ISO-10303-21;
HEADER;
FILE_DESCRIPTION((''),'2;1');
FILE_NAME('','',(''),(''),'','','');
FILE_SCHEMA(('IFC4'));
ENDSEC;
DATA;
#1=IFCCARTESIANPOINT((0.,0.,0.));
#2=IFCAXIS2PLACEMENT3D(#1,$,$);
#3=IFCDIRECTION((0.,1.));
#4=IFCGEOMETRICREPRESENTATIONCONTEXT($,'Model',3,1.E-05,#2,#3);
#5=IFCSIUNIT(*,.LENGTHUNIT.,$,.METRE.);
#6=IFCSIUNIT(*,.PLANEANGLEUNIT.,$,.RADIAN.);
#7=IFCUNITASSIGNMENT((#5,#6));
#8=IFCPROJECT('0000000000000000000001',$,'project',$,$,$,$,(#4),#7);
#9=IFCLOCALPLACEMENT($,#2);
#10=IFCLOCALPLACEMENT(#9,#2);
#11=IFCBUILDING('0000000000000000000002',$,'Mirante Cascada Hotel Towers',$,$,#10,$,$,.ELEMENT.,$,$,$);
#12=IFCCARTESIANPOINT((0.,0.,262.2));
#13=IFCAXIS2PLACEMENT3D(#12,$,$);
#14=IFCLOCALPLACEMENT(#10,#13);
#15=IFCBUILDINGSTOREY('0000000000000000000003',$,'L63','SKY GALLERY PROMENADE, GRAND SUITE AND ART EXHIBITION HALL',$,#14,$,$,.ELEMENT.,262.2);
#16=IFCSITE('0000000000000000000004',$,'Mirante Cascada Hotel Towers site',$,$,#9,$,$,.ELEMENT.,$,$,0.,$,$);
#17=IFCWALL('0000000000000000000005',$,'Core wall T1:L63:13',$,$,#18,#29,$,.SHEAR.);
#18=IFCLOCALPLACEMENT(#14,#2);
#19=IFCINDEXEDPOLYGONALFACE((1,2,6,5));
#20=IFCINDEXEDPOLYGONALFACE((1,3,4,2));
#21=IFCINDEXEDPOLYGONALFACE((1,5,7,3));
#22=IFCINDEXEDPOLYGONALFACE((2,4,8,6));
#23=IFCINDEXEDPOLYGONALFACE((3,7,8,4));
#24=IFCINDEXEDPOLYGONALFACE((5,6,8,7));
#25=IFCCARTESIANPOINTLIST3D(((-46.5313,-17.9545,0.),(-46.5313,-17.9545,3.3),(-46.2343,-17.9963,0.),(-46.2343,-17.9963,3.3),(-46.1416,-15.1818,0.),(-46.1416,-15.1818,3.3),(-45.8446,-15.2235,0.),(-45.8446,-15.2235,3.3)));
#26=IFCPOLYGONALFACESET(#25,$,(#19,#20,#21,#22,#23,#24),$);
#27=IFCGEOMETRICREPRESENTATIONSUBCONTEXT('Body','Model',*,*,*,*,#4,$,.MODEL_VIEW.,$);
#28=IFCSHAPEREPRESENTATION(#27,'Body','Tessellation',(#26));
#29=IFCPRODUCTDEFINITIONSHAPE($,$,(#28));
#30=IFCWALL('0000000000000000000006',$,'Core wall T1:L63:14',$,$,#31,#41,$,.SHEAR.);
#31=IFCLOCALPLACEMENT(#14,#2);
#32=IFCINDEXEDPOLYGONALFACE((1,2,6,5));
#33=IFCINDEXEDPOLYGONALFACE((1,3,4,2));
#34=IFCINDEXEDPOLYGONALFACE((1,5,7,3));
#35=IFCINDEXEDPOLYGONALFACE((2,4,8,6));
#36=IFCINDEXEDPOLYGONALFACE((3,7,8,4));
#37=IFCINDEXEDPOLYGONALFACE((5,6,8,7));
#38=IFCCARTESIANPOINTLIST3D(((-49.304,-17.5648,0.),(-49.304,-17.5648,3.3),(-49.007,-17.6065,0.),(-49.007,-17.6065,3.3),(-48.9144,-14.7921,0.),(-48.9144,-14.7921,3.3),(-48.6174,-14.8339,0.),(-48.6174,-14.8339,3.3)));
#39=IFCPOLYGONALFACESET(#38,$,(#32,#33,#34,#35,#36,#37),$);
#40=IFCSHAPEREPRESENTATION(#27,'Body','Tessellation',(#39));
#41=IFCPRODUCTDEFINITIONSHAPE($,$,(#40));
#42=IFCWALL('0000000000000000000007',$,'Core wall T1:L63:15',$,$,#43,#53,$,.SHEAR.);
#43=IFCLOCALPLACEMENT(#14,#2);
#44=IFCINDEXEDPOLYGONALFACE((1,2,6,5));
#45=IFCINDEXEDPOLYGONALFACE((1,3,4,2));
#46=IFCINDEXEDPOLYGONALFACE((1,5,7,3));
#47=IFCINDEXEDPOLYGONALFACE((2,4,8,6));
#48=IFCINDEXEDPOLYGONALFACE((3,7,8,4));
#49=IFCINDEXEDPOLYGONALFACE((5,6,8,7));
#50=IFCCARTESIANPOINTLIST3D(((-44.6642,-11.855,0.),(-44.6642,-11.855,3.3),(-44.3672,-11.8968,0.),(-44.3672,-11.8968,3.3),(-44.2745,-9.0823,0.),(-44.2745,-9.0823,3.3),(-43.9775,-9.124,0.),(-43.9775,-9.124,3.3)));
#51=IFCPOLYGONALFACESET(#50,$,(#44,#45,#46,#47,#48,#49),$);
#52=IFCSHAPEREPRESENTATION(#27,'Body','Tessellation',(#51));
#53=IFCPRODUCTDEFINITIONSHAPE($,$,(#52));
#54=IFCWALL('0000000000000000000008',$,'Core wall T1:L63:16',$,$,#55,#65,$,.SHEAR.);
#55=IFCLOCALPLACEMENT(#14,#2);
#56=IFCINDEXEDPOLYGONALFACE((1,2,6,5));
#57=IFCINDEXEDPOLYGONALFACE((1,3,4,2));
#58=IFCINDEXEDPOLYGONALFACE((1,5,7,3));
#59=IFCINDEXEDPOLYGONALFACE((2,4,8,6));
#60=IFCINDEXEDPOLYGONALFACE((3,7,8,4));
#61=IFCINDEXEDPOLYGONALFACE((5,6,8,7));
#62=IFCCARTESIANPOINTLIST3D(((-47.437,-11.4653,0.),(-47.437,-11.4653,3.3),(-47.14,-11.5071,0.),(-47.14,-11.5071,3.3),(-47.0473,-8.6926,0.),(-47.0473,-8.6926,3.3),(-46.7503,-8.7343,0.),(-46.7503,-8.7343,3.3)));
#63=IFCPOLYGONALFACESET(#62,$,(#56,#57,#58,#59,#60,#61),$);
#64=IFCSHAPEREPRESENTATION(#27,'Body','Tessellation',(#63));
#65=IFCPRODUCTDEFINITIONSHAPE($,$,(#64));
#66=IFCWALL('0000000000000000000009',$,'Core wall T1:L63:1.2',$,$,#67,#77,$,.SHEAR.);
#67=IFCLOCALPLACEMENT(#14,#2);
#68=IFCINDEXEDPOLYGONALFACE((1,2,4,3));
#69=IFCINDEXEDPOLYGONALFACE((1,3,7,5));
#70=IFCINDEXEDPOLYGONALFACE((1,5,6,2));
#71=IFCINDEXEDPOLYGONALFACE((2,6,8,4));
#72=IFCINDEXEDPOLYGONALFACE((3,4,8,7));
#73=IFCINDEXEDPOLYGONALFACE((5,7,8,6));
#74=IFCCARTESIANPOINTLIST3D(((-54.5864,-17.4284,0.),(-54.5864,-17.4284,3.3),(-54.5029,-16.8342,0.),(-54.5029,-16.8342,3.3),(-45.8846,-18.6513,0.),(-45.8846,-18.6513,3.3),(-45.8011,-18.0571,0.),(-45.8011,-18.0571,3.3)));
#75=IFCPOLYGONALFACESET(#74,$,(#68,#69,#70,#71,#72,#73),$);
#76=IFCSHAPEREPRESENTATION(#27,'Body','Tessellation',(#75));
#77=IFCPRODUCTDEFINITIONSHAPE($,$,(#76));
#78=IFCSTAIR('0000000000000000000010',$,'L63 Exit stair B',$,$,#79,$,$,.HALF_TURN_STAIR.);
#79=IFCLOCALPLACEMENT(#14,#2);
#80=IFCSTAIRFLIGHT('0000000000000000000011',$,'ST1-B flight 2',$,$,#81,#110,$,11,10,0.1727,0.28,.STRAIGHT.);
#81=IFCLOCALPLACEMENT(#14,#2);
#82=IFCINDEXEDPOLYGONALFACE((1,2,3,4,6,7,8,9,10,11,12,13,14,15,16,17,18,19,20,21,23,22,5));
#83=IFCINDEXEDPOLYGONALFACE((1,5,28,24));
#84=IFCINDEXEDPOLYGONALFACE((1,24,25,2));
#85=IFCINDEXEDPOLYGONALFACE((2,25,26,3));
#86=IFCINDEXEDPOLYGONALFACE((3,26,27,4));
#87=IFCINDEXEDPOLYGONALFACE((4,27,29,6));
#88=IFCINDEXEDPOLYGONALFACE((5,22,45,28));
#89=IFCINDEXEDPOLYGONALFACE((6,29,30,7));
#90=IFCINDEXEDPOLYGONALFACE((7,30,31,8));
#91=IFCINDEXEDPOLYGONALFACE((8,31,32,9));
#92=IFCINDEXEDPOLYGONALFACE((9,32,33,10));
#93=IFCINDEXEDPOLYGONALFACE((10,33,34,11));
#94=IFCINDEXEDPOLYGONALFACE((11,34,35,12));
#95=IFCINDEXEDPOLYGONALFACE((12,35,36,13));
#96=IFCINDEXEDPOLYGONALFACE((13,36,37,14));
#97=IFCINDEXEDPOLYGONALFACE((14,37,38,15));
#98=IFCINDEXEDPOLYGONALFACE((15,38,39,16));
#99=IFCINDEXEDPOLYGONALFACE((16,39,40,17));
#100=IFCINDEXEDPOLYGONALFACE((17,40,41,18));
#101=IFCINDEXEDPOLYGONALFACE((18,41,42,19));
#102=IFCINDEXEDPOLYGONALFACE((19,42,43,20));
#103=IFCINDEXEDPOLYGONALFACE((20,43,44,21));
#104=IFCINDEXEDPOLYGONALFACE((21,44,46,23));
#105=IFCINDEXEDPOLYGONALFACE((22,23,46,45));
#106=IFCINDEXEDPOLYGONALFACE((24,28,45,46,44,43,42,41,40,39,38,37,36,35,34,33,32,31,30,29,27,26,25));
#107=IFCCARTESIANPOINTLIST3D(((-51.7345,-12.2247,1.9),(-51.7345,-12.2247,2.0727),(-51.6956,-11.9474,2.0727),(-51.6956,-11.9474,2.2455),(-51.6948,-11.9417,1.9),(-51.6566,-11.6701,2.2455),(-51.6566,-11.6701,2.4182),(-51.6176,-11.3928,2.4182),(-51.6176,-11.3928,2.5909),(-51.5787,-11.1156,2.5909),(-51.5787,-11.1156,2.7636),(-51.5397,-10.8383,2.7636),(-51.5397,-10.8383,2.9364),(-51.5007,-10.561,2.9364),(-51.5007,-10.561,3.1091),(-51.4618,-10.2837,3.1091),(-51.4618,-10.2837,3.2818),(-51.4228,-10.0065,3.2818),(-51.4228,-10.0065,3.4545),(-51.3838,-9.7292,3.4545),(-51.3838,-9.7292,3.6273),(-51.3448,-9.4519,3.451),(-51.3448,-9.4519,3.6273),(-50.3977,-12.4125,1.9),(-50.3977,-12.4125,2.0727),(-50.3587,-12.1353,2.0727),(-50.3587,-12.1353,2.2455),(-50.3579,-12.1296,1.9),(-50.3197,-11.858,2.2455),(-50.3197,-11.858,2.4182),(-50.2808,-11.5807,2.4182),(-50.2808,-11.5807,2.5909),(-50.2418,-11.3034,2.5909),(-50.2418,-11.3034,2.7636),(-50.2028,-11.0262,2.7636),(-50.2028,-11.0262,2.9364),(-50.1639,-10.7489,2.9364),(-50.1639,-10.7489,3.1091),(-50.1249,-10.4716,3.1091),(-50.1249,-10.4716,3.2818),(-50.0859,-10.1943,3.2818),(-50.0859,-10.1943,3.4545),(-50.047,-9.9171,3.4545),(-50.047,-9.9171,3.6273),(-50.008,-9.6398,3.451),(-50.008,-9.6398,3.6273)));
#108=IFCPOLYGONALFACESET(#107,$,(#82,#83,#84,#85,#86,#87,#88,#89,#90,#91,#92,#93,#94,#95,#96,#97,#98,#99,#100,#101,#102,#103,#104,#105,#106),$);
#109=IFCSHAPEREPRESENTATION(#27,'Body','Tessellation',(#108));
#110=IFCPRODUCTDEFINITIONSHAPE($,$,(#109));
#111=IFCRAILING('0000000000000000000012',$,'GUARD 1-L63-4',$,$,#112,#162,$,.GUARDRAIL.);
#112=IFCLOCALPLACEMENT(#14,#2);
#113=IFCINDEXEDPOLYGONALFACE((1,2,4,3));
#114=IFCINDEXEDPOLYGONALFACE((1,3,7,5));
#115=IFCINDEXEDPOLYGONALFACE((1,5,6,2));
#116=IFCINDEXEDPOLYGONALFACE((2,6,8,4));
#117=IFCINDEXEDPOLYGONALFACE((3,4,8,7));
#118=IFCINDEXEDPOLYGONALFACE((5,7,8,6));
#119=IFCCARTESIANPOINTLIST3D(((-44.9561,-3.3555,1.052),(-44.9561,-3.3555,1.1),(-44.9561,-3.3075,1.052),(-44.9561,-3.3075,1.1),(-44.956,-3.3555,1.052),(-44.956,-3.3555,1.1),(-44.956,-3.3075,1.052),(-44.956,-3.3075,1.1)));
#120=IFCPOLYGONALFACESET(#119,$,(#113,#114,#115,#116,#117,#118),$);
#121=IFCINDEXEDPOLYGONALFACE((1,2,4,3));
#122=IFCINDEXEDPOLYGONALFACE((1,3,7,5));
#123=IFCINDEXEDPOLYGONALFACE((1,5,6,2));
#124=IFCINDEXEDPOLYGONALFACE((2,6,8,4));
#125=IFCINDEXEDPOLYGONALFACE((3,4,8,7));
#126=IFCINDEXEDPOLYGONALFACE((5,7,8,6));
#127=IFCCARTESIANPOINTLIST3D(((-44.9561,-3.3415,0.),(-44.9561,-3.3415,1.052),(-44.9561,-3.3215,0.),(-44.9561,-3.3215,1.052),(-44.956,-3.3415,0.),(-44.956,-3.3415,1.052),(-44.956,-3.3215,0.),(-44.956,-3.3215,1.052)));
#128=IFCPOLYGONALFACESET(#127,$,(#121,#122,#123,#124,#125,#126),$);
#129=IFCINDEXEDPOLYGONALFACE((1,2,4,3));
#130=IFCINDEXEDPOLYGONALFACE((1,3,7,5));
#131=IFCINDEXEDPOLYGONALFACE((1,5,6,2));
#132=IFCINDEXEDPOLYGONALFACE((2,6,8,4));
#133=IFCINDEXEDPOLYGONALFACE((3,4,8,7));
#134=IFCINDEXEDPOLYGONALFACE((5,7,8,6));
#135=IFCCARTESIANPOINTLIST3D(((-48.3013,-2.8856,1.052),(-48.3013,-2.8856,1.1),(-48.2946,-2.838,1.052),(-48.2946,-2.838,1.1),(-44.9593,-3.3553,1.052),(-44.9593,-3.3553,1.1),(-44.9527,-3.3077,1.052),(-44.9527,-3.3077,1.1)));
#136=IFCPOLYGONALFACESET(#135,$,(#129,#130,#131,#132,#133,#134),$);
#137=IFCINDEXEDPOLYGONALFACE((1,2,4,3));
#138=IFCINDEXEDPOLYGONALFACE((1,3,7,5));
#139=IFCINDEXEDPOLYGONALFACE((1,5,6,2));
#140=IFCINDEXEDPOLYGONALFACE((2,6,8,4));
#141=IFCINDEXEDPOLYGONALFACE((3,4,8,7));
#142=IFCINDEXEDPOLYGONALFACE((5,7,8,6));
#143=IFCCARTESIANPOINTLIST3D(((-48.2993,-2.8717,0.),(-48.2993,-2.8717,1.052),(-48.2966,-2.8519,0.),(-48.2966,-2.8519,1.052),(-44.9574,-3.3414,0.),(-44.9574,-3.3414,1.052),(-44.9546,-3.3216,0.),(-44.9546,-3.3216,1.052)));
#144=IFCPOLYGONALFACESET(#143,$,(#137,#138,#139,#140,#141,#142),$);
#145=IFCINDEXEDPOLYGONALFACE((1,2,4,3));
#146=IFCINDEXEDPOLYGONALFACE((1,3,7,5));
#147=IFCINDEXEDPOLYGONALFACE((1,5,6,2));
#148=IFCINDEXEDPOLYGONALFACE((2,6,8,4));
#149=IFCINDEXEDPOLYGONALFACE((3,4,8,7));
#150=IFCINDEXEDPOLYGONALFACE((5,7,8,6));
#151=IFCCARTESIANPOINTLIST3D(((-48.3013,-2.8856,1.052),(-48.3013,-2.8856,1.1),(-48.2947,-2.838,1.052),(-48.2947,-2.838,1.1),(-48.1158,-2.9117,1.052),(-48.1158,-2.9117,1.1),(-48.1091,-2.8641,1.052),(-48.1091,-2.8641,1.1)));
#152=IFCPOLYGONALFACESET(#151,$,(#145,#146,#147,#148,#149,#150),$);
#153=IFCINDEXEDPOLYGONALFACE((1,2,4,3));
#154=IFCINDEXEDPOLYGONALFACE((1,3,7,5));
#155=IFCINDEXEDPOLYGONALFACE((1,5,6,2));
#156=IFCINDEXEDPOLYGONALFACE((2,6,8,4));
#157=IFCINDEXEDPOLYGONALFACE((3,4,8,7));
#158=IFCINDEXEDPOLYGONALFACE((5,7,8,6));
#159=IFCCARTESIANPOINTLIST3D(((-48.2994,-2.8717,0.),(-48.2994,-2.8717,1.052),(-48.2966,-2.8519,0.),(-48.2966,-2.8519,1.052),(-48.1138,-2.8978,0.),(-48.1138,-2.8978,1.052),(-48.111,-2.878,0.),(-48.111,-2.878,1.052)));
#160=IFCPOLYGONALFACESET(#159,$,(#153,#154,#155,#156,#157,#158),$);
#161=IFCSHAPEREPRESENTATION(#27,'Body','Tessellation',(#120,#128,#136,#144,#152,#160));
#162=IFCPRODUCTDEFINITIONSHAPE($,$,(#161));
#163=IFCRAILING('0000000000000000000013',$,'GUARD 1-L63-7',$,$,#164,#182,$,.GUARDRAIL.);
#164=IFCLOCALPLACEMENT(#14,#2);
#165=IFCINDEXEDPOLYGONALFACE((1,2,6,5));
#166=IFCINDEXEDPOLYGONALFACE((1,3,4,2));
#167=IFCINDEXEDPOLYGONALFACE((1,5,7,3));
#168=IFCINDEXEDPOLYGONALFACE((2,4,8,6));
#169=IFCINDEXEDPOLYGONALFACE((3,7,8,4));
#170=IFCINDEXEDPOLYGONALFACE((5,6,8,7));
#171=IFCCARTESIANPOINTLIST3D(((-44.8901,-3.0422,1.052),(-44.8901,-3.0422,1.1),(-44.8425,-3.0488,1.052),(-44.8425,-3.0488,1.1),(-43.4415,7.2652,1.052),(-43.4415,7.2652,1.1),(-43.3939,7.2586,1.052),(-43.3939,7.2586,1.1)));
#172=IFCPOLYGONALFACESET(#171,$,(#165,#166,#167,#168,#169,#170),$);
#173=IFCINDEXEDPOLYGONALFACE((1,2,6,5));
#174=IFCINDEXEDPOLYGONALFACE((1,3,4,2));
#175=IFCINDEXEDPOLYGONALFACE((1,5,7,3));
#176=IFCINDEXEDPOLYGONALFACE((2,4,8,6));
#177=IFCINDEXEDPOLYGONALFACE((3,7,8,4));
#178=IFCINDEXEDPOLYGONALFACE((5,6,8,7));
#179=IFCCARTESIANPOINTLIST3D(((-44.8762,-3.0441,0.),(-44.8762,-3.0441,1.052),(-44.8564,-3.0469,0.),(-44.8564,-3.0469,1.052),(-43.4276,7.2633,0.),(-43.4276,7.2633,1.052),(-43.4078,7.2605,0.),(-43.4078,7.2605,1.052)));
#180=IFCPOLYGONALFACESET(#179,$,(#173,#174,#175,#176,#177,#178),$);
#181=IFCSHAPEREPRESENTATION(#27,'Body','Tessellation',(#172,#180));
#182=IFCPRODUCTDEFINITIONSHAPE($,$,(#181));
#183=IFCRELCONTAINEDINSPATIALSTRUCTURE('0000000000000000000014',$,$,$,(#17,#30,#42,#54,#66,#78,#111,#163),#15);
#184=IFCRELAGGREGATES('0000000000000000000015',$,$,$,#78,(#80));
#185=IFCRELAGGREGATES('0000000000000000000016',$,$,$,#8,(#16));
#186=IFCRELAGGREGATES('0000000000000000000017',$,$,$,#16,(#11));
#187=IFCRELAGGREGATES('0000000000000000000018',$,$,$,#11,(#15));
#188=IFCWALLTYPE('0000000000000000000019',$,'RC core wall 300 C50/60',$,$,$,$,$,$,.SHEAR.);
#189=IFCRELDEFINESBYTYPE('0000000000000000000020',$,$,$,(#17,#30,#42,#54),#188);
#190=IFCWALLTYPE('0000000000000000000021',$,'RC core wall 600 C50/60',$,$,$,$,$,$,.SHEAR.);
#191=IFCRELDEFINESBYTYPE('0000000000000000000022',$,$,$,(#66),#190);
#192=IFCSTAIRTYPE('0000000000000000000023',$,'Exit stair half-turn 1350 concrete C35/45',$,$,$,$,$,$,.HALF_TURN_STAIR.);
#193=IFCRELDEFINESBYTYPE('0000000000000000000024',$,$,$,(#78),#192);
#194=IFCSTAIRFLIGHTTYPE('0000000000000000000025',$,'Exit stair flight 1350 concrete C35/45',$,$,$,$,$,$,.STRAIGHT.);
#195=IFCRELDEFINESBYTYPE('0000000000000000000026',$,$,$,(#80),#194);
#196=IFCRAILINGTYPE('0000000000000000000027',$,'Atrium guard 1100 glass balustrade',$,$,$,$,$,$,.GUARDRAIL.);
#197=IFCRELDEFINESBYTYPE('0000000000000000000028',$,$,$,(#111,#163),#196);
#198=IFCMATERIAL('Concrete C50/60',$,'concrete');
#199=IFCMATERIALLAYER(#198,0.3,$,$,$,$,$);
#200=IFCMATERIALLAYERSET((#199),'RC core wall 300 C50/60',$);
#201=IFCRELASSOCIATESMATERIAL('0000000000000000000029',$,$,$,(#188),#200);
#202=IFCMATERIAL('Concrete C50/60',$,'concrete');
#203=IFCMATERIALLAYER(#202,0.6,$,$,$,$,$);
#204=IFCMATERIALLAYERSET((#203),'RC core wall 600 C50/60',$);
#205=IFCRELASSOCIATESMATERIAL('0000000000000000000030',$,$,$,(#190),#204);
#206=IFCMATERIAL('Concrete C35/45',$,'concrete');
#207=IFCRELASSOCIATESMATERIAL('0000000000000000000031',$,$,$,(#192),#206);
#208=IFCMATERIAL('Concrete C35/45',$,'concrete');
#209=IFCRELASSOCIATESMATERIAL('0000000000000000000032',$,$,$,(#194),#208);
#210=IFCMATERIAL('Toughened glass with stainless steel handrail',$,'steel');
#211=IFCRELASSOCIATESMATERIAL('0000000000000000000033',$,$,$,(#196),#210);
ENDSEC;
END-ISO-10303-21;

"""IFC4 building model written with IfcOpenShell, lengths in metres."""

from ifc_helpers import new_model, si_unit, direction, frame, frame_2d, origin, origin_2d, place, context, subcontext, project, spatial, polyline, rectangle, outline, extrude, material, layer, layer_set, type_object, element, aggregate, save


model = new_model("IFC4")

# Units and contexts
model_context = context("Model", 3, precision=1e-05, world=origin(), true_north=direction((0.0, 1.0)))
body_context = subcontext(model_context, "Body", "Model", "MODEL_VIEW")
ifc_project = project(units=[si_unit("LENGTHUNIT", "METRE"), si_unit("PLANEANGLEUNIT", "RADIAN")], contexts=[model_context])

# Site, building, storey
site_placement = place(None, origin())
site = spatial("IfcSite", under=ifc_project, at=site_placement, Name="Mirante Cascada Hotel Towers site", CompositionType="ELEMENT", RefElevation=0.0)
building_placement = place(site_placement, origin())
building = spatial("IfcBuilding", under=site, at=building_placement, Name="Mirante Cascada Hotel Towers", CompositionType="ELEMENT")
storey_placement = place(building_placement, frame((0.0, 0.0, 262.2)))
storey = spatial("IfcBuildingStorey", under=building, at=storey_placement, Name="L63", Description="SKY GALLERY PROMENADE, GRAND SUITE AND ART EXHIBITION HALL", CompositionType="ELEMENT", Elevation=262.2)

# Shared definitions
ifc_material_1 = material(Name="Concrete C50/60", Category="concrete")
ifc_layer_1 = layer(ifc_material_1, 0.3)
ifc_layer_set_1 = layer_set([ifc_layer_1], Name="RC core wall 300 C50/60")
wall_type_1 = type_object("IfcWallType", Name="RC core wall 300 C50/60", PredefinedType="SHEAR", material=ifc_layer_set_1)

# Walls
wall_1_placement = place(storey_placement, frame((-46.3828, -17.9754, 0.0), z_axis=(0.0, 0.0, 1.0), x_axis=(0.139181, 0.990267, 0.0)))
element("IfcWall", 1, at=wall_1_placement, inside=storey, type_object=wall_type_1, Name="Core wall T1:L63:13", PredefinedType="SHEAR", context=body_context, shape_type="SweptSolid", body=[
    extrude(rectangle(XDim=2.8, YDim=0.3, at=frame_2d((1.4, 0.0))), origin(), (0.0, 0.0, 1.0), 3.3),
])
wall_2_placement = place(storey_placement, frame((-49.1555, -17.5857, 0.0), z_axis=(0.0, 0.0, 1.0), x_axis=(0.139146, 0.990272, 0.0)))
element("IfcWall", 2, at=wall_2_placement, inside=storey, type_object=wall_type_1, Name="Core wall T1:L63:14", PredefinedType="SHEAR", context=body_context, shape_type="SweptSolid", body=[
    extrude(rectangle(XDim=2.7999, YDim=0.3, at=frame_2d((1.4, 0.0))), origin(), (0.0, 0.0, 1.0), 3.3),
])
for number, where, z_axis, x_axis, name in (
    (3, (-44.5157, -11.8759, 0.0), (0.0, 0.0, 1.0), (0.139181, 0.990267, 0.0), "Core wall T1:L63:15"),
    (4, (-47.2885, -11.4862, 0.0), (0.0, 0.0, 1.0), (0.139181, 0.990267, 0.0), "Core wall T1:L63:16"),
):
    element("IfcWall", number, at=place(storey_placement, frame(where, z_axis=z_axis, x_axis=x_axis)), inside=storey, type_object=wall_type_1, Name=name, PredefinedType="SHEAR", context=body_context, shape_type="SweptSolid", body=[
        extrude(rectangle(XDim=2.8, YDim=0.3, at=frame_2d((1.4, 0.0))), origin(), (0.0, 0.0, 1.0), 3.3),
    ])
ifc_material_2 = material(Name="Concrete C50/60", Category="concrete")
ifc_layer_2 = layer(ifc_material_2, 0.6)
ifc_layer_set_2 = layer_set([ifc_layer_2], Name="RC core wall 600 C50/60")
wall_type_2 = type_object("IfcWallType", Name="RC core wall 600 C50/60", PredefinedType="SHEAR", material=ifc_layer_set_2)
wall_3_placement = place(storey_placement, frame((-45.8429, -18.3542, 0.0), z_axis=(0.0, 0.0, 1.0), x_axis=(-0.990269, 0.139167, 0.0)))
element("IfcWall", 5, at=wall_3_placement, inside=storey, type_object=wall_type_2, Name="Core wall T1:L63:1.2", PredefinedType="SHEAR", context=body_context, shape_type="SweptSolid", body=[
    extrude(rectangle(XDim=8.7873, YDim=0.6, at=frame_2d((4.3936, 0.0))), origin(), (0.0, 0.0, 1.0), 3.3),
])

# Stair, stair flight
ifc_material_3 = material(Name="Concrete C35/45", Category="concrete")
stair_type = type_object("IfcStairType", Name="Exit stair half-turn 1350 concrete C35/45", PredefinedType="HALF_TURN_STAIR", material=ifc_material_3)
stair_placement = place(storey_placement, origin())
stair = element("IfcStair", 6, at=stair_placement, inside=storey, type_object=stair_type, Name="L63 Exit stair B", PredefinedType="HALF_TURN_STAIR")
ifc_material_4 = material(Name="Concrete C35/45", Category="concrete")
stair_flight_type = type_object("IfcStairFlightType", Name="Exit stair flight 1350 concrete C35/45", PredefinedType="STRAIGHT", material=ifc_material_4)
stair_flight_placement = place(storey_placement, frame((-51.0661, -12.3186, 1.9), z_axis=(0.0, 0.0, 1.0), x_axis=(0.139173, 0.990268, 0.0)))
stair_flight = element("IfcStairFlight", 7, at=stair_flight_placement, type_object=stair_flight_type, Name="ST1-B flight 2", NumberOfRisers=11, NumberOfTreads=10, PredefinedType="STRAIGHT", RiserHeight=0.1727, TreadLength=0.28, context=body_context, shape_type="SweptSolid", body=[
    extrude(outline(polyline([(0.0, 0.0), (0.0, 0.1727), (0.28, 0.1727), (0.28, 0.3455), (0.56, 0.3455), (0.56, 0.5182), (0.84, 0.5182), (0.84, 0.6909), (1.12, 0.6909), (1.12, 0.8636), (1.4, 0.8636), (1.4, 1.0364), (1.68, 1.0364), (1.68, 1.2091), (1.96, 1.2091), (1.96, 1.3818), (2.24, 1.3818), (2.24, 1.5545), (2.52, 1.5545), (2.52, 1.7273), (2.8, 1.7273), (2.8, 1.9), (2.8, 1.551), (0.2857, 0.0), (0.0, 0.0)])), frame((0.0, 0.675, 0.0), z_axis=(0.0, -1.0, 0.0), x_axis=(1.0, 0.0, 0.0)), (0.0, 0.0, 1.0), 1.35),
])
aggregate(stair, [stair_flight])

# Railings
ifc_material_5 = material(Name="Toughened glass with stainless steel handrail", Category="steel")
railing_type = type_object("IfcRailingType", Name="Atrium guard 1100 glass balustrade", PredefinedType="GUARDRAIL", material=ifc_material_5)
railing_1_placement = place(storey_placement, frame((-44.9561, -3.3315, 0.0)))
element("IfcRailing", 8, at=railing_1_placement, inside=storey, type_object=railing_type, Name="GUARD 1-L63-4", PredefinedType="GUARDRAIL", context=body_context, shape_type="SweptSolid", body=[
    extrude(rectangle(XDim=0.048, YDim=0.048, at=origin_2d()), frame((0.0, 0.0, 1.076), z_axis=(1.0, 0.0, 0.0), x_axis=(0.0, 1.0, 0.0)), (0.0, 0.0, 1.0), 0.0001),
    extrude(rectangle(XDim=0.02, YDim=1.052, at=origin_2d()), frame((0.0, 0.0, 0.526), z_axis=(1.0, 0.0, 0.0), x_axis=(0.0, 1.0, 0.0)), (0.0, 0.0, 1.0), 0.0001),
    extrude(rectangle(XDim=0.048, YDim=0.048, at=origin_2d()), frame((0.0001, 0.0, 1.076), z_axis=(-0.990268, 0.139177, 0.0), x_axis=(-0.139177, -0.990268, 0.0)), (0.0, 0.0, 1.0), 3.3748),
    extrude(rectangle(XDim=0.02, YDim=1.052, at=origin_2d()), frame((0.0001, 0.0, 0.526), z_axis=(-0.990268, 0.139177, 0.0), x_axis=(-0.139177, -0.990268, 0.0)), (0.0, 0.0, 1.0), 3.3748),
    extrude(rectangle(XDim=0.048, YDim=0.048, at=origin_2d()), frame((-3.3419, 0.4697, 1.076), z_axis=(0.990257, -0.139255, 0.0), x_axis=(0.139255, 0.990257, 0.0)), (0.0, 0.0, 1.0), 0.1874),
    extrude(rectangle(XDim=0.02, YDim=1.052, at=origin_2d()), frame((-3.3419, 0.4697, 0.526), z_axis=(0.990257, -0.139255, 0.0), x_axis=(0.139255, 0.990257, 0.0)), (0.0, 0.0, 1.0), 0.1874),
])
railing_2_placement = place(storey_placement, frame((-44.8663, -3.0455, 0.0)))
element("IfcRailing", 9, at=railing_2_placement, inside=storey, type_object=railing_type, Name="GUARD 1-L63-7", PredefinedType="GUARDRAIL", context=body_context, shape_type="SweptSolid", body=[
    extrude(rectangle(XDim=0.048, YDim=0.048, at=origin_2d()), frame((0.0, 0.0, 1.076), z_axis=(0.139172, 0.990268, 0.0), x_axis=(-0.990268, 0.139172, 0.0)), (0.0, 0.0, 1.0), 10.4087),
    extrude(rectangle(XDim=0.02, YDim=1.052, at=origin_2d()), frame((0.0, 0.0, 0.526), z_axis=(0.139172, 0.990268, 0.0), x_axis=(-0.990268, 0.139172, 0.0)), (0.0, 0.0, 1.0), 10.4087),
])

save(model, "model.ifc")
